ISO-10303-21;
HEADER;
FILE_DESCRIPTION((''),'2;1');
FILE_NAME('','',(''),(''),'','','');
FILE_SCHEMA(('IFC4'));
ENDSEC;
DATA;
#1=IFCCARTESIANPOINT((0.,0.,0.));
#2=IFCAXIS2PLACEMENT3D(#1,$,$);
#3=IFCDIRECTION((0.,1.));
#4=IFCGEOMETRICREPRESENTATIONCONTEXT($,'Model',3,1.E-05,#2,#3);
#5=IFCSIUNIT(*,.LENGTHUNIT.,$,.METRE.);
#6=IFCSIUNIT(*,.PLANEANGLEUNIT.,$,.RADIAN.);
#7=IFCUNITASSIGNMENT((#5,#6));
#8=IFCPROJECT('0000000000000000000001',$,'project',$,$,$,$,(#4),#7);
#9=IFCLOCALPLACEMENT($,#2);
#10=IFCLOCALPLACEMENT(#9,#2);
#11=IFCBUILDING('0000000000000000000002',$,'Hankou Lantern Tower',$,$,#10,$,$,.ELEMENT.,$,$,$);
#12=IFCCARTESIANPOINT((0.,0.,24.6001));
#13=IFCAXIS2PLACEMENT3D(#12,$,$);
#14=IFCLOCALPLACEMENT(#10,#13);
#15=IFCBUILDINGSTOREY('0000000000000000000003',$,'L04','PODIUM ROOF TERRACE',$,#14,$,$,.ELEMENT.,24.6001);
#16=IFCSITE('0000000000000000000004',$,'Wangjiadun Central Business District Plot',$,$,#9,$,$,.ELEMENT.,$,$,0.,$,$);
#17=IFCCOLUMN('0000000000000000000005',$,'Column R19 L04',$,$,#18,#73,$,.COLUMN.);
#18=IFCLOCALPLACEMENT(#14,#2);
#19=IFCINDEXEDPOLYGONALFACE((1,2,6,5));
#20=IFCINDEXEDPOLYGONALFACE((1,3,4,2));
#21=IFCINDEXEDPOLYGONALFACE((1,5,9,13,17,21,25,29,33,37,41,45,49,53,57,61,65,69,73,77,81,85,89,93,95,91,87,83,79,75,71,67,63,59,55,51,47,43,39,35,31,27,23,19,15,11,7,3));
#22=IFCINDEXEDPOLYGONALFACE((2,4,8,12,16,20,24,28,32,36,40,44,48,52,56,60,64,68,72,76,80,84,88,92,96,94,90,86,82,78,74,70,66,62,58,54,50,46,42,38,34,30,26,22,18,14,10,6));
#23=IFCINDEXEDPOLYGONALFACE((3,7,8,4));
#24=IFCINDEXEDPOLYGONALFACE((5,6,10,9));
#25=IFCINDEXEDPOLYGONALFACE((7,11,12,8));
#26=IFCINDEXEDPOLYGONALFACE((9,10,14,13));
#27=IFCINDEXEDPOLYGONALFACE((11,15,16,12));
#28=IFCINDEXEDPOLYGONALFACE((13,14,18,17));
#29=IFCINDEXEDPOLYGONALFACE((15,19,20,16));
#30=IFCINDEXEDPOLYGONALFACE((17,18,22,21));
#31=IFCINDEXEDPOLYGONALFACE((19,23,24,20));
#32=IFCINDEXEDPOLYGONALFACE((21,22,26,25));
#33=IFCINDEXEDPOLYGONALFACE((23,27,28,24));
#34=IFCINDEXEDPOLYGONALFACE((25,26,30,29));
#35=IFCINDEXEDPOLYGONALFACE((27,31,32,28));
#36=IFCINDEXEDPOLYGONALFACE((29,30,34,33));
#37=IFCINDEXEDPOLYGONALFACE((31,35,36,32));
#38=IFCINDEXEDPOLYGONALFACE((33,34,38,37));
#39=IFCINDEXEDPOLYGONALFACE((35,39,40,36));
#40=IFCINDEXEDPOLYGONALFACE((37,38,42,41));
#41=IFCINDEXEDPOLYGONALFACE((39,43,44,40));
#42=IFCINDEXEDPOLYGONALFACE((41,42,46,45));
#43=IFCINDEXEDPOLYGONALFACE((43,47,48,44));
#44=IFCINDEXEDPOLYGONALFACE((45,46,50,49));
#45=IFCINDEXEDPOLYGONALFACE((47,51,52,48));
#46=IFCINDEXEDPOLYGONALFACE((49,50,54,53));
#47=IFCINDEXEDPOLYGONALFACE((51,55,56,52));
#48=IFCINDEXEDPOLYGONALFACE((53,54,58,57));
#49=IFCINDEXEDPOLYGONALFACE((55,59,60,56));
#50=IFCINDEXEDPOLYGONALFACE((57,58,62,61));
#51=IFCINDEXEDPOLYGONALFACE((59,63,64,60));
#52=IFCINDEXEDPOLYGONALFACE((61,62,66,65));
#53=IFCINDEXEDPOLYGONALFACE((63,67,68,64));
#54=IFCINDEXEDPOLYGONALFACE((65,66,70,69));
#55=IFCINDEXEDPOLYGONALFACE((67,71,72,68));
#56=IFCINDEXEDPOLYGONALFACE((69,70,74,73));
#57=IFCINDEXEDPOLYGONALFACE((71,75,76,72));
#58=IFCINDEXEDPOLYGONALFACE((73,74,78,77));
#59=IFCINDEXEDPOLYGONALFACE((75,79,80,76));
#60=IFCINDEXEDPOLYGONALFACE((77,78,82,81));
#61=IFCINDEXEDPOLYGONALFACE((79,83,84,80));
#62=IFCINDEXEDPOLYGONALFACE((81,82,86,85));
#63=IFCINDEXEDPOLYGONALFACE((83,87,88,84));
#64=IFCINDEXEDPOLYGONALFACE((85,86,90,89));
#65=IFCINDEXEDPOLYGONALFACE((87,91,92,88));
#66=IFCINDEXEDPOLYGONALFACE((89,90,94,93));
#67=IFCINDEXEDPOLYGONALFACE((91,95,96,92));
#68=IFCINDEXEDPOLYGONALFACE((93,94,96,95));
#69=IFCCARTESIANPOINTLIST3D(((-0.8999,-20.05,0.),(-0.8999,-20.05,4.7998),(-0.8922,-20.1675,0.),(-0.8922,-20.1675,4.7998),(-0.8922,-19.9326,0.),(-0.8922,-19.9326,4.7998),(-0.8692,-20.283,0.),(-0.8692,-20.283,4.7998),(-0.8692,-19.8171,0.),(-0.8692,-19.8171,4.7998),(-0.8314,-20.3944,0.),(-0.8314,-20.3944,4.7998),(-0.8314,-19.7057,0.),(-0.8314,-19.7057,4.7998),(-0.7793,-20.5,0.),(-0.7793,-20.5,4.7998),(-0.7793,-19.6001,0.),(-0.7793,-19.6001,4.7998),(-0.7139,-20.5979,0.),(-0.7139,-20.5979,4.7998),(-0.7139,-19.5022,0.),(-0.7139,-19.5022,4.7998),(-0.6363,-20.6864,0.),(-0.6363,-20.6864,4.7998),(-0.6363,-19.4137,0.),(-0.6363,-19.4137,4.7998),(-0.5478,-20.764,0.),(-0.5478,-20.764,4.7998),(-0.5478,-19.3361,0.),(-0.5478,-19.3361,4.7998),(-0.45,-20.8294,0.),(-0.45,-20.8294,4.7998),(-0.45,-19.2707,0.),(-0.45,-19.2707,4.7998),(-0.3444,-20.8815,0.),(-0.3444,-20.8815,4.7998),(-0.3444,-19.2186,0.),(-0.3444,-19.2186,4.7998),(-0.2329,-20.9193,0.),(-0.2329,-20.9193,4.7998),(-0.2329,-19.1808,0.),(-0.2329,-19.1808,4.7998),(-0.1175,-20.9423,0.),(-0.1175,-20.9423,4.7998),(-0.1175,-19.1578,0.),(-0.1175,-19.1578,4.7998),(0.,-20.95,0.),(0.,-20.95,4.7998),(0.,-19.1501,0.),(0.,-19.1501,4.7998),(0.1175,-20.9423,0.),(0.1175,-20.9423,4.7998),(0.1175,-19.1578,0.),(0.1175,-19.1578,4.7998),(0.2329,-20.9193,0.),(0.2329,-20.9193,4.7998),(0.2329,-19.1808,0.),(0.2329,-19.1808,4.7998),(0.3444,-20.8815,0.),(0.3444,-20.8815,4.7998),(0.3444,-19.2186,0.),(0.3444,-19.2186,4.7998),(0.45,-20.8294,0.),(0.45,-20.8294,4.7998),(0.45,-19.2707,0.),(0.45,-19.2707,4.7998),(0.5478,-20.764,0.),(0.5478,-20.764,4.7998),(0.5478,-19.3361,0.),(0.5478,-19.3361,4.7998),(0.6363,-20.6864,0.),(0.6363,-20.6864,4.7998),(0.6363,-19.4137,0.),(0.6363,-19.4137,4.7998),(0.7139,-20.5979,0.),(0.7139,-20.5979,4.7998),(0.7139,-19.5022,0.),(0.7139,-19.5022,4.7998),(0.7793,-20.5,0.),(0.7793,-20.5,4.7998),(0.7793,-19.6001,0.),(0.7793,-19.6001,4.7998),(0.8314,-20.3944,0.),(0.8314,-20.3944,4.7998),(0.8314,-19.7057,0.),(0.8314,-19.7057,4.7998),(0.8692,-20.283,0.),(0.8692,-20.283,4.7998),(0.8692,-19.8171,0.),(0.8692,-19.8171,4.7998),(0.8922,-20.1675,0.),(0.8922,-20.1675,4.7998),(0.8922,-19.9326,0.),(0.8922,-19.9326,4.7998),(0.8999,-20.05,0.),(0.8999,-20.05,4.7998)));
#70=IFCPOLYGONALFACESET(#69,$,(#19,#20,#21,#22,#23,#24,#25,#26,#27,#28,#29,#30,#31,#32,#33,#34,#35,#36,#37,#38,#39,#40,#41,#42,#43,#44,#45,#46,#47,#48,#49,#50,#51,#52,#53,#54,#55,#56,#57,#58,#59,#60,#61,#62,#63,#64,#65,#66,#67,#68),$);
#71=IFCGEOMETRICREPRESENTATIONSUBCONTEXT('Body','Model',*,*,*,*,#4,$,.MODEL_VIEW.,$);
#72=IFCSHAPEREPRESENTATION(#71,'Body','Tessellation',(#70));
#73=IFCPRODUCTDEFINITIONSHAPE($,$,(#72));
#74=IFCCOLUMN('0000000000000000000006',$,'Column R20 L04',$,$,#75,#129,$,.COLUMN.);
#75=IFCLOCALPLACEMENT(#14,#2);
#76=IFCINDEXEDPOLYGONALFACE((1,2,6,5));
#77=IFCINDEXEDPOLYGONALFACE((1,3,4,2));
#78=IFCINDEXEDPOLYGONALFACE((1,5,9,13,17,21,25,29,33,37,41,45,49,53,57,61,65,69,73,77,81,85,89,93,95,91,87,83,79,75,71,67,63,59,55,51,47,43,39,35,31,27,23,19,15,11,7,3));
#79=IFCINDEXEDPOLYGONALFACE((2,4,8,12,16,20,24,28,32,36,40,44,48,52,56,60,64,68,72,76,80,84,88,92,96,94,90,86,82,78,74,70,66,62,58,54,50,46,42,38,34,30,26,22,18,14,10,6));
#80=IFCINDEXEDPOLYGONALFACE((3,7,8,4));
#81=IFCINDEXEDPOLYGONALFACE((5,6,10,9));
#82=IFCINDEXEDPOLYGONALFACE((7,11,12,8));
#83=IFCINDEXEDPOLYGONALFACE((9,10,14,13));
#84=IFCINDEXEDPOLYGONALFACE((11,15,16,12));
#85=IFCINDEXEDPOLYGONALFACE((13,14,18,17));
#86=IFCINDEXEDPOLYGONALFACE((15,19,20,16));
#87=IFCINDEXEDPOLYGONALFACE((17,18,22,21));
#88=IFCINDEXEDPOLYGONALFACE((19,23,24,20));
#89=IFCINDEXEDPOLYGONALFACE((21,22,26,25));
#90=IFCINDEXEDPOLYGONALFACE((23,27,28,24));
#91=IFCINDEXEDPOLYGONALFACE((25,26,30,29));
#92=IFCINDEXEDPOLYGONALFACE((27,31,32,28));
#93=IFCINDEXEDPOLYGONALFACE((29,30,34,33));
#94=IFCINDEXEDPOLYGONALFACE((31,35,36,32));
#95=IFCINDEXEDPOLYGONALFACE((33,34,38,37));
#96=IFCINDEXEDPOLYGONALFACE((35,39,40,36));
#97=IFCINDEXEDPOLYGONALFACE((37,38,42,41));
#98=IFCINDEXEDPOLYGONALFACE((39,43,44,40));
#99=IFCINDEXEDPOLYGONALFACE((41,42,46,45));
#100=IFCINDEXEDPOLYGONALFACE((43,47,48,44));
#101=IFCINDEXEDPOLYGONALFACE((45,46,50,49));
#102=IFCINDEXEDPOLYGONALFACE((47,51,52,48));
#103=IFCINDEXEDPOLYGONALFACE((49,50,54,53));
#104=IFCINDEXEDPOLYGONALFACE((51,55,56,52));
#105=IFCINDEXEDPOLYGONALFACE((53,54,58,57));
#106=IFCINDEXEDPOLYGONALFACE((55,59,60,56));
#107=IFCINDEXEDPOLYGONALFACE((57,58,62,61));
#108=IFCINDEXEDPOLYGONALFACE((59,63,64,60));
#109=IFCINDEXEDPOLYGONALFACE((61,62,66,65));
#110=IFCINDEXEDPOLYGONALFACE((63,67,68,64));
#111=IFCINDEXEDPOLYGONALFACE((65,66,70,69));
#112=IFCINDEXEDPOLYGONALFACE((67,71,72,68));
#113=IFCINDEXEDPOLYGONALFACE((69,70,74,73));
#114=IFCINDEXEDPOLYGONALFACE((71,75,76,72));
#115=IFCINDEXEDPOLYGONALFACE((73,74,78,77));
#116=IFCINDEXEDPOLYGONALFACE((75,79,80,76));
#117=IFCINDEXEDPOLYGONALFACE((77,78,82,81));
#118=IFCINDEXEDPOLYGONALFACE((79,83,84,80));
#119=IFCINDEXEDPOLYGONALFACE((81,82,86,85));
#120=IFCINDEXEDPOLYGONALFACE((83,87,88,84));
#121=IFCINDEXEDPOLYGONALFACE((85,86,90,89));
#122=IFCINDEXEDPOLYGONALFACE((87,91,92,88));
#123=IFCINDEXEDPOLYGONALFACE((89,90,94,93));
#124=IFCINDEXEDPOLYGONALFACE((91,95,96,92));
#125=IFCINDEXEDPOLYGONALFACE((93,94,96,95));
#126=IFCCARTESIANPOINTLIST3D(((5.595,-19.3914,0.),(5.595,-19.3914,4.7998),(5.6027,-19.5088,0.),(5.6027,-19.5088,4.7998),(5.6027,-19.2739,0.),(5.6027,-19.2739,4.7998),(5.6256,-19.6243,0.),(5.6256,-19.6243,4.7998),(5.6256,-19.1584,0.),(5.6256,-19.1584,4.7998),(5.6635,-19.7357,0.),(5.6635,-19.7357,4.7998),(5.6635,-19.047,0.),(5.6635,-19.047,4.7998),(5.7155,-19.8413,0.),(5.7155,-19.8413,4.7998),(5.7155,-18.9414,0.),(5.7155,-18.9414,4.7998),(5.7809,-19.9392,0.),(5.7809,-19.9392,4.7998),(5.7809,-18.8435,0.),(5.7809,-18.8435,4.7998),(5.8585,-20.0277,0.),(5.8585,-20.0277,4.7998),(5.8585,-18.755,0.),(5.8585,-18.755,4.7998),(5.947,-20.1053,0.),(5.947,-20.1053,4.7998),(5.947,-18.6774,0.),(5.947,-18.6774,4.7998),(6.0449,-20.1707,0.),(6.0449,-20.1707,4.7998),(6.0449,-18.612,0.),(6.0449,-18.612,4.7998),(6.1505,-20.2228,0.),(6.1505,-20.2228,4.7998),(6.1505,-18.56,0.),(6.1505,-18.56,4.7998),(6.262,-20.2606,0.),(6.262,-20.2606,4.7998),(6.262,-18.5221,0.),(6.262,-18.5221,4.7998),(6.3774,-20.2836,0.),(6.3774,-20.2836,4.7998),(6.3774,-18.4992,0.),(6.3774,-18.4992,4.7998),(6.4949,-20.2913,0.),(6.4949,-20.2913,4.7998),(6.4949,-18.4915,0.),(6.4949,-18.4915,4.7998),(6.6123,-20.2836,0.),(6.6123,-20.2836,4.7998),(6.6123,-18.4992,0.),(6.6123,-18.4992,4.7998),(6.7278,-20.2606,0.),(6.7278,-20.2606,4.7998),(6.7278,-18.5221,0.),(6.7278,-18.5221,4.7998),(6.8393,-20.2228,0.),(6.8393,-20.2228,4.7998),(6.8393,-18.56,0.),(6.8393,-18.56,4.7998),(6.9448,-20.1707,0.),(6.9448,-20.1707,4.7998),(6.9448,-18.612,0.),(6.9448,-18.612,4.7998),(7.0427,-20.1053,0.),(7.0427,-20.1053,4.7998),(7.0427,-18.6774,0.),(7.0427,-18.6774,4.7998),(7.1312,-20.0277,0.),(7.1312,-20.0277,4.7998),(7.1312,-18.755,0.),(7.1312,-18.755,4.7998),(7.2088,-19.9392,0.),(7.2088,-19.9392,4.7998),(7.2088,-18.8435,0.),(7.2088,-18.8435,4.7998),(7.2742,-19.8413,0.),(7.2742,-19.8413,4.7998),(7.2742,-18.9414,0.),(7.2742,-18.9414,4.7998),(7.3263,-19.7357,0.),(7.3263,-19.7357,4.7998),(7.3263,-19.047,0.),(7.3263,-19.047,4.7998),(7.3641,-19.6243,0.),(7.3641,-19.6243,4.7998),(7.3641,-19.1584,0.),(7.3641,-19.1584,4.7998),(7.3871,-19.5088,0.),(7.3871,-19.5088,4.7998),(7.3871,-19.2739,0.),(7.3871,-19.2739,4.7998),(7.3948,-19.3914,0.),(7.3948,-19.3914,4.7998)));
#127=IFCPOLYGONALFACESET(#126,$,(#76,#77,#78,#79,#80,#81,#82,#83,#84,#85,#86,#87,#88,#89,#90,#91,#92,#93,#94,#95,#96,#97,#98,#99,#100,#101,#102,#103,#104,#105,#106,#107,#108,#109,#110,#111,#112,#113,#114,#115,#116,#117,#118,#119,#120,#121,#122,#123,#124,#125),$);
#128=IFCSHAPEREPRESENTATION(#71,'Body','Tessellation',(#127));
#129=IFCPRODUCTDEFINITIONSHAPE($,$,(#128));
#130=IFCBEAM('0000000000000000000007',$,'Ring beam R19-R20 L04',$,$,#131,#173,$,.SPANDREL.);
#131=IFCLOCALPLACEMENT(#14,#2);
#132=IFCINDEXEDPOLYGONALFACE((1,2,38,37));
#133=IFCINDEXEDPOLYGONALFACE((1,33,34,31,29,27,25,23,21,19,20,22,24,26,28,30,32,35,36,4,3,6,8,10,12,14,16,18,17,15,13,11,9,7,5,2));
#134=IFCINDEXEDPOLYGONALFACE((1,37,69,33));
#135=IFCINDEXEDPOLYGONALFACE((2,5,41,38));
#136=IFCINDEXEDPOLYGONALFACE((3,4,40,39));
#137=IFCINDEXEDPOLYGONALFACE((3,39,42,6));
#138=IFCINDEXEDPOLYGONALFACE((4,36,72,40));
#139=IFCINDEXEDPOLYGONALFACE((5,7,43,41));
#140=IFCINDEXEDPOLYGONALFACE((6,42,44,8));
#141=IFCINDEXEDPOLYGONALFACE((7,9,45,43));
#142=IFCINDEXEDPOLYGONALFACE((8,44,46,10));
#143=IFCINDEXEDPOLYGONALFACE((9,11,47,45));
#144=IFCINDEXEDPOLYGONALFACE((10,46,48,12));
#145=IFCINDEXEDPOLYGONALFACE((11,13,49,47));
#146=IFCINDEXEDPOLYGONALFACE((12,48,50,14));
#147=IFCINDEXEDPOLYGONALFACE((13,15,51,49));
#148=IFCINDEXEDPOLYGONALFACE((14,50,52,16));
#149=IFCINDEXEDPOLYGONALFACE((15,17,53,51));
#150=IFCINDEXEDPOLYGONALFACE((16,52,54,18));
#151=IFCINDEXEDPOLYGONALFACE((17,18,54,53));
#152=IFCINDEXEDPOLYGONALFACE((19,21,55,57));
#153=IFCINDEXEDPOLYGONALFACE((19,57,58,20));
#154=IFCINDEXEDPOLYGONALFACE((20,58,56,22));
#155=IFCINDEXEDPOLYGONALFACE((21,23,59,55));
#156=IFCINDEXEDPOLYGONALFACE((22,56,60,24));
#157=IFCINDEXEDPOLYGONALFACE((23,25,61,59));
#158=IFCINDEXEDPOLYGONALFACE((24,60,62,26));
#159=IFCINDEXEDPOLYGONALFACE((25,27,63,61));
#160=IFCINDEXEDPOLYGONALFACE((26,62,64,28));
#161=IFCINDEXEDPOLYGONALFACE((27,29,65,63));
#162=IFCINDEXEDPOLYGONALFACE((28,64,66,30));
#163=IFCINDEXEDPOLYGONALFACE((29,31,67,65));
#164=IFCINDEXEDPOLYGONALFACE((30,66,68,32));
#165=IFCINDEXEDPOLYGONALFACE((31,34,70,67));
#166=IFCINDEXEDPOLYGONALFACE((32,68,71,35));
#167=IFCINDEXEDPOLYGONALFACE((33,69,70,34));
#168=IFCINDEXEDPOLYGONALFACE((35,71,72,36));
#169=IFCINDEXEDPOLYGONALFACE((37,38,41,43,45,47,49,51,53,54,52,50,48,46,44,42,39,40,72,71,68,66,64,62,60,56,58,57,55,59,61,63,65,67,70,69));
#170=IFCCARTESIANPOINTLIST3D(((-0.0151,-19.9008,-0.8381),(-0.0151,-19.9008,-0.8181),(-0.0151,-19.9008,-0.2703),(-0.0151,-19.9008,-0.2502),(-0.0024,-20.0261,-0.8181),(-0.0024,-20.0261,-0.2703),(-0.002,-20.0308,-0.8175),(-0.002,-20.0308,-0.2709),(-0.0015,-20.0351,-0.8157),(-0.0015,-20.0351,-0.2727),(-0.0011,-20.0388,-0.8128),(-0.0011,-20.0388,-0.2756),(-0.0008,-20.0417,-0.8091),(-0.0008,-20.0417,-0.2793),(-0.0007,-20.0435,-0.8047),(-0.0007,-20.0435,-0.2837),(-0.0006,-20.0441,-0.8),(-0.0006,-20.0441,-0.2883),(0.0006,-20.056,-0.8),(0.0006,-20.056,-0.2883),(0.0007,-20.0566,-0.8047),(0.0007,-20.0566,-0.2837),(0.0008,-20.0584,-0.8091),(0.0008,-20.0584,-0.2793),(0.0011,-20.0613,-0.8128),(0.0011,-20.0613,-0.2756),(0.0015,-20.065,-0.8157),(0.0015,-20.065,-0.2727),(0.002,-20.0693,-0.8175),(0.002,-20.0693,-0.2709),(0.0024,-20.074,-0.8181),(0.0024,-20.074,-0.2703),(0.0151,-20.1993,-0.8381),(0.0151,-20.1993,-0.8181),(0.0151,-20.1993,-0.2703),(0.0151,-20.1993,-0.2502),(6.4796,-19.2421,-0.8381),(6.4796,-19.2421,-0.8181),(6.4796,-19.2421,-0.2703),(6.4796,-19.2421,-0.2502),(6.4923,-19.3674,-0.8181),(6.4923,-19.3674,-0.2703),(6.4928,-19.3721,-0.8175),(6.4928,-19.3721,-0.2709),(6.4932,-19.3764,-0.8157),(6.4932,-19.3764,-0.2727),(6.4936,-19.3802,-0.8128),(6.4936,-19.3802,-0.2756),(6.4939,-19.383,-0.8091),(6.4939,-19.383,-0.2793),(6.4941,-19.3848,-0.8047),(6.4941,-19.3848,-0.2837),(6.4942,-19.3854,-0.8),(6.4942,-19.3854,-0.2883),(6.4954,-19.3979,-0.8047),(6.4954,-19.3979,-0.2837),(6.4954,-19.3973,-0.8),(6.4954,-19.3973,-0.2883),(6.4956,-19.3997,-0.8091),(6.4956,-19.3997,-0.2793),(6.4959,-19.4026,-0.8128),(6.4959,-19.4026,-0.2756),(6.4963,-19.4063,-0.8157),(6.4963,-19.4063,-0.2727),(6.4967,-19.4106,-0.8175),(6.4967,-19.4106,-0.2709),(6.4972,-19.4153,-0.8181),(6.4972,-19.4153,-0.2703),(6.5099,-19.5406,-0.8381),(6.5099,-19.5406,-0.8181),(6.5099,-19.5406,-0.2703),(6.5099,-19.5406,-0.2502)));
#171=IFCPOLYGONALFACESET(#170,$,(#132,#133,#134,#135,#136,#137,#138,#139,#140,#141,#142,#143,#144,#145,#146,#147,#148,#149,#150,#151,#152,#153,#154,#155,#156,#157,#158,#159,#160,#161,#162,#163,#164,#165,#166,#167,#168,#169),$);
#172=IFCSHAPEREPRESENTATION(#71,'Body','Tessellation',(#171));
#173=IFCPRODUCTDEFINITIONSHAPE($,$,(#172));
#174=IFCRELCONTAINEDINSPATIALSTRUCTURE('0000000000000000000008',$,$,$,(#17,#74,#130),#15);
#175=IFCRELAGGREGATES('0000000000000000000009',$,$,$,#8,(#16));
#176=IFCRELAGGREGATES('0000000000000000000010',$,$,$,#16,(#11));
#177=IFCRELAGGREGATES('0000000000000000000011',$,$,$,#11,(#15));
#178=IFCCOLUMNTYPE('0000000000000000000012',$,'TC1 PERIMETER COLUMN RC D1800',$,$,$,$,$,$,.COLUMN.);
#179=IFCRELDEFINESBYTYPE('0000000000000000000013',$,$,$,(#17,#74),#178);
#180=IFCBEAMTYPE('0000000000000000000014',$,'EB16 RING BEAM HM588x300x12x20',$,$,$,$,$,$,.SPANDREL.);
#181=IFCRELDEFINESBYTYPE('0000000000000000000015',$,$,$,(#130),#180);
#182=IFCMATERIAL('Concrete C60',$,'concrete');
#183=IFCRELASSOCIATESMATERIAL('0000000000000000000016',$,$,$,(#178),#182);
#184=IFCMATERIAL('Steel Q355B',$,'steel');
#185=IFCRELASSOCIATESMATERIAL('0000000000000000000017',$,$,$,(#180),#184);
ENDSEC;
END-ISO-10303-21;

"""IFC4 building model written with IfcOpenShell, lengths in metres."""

from ifc_helpers import new_model, si_unit, direction, frame, origin, origin_2d, place, context, subcontext, project, spatial, circle, i_section, extrude, material, material_profile, profile_set, type_object, element, save


model = new_model("IFC4")

# Units and contexts
model_context = context("Model", 3, precision=1e-05, world=origin(), true_north=direction((0.0, 1.0)))
body_context = subcontext(model_context, "Body", "Model", "MODEL_VIEW")
ifc_project = project(units=[si_unit("LENGTHUNIT", "METRE"), si_unit("PLANEANGLEUNIT", "RADIAN")], contexts=[model_context])

# Site, building, storey
site_placement = place(None, origin())
site = spatial("IfcSite", under=ifc_project, at=site_placement, Name="Wangjiadun Central Business District Plot", CompositionType="ELEMENT", RefElevation=0.0)
building_placement = place(site_placement, origin())
building = spatial("IfcBuilding", under=site, at=building_placement, Name="Hankou Lantern Tower", CompositionType="ELEMENT")
storey_placement = place(building_placement, frame((0.0, 0.0, 24.6001)))
storey = spatial("IfcBuildingStorey", under=building, at=storey_placement, Name="L04", Description="PODIUM ROOF TERRACE", CompositionType="ELEMENT", Elevation=24.6001)

# Columns
ifc_material_1 = material(Name="Concrete C60", Category="concrete")
ifc_material_profile_1 = material_profile(ifc_material_1, circle(Radius=0.8999, at=origin_2d()), Name="RC D1800")
ifc_profile_set_1 = profile_set([ifc_material_profile_1], Name="Concrete C60")
column_type = type_object("IfcColumnType", Name="TC1 PERIMETER COLUMN RC D1800", PredefinedType="COLUMN", material=ifc_profile_set_1)
for number, where, z_axis, x_axis, name in (
    (1, (0.0, -20.05, 0.0), (0.0, 0.0, 1.0), (1.0, 0.0, 0.0), "Column R19 L04"),
    (2, (6.4949, -19.3914, 0.0), (0.0, 0.0, 1.0), (1.0, 0.0, 0.0), "Column R20 L04"),
):
    element("IfcColumn", number, at=place(storey_placement, frame(where, z_axis=z_axis, x_axis=x_axis)), inside=storey, type_object=column_type, Name=name, PredefinedType="COLUMN", context=body_context, shape_type="SweptSolid", body=[
        extrude(circle(Radius=0.8999, at=origin_2d()), origin(), (0.0, 0.0, 1.0), 4.7998),
    ])

# Beam
ifc_material_2 = material(Name="Steel Q355B", Category="steel")
ifc_material_profile_2 = material_profile(ifc_material_2, i_section(OverallWidth=0.3, OverallDepth=0.5879, WebThickness=0.012, FlangeThickness=0.02, FilletRadius=0.0181, at=origin_2d()), Name="HM588x300x12x20")
ifc_profile_set_2 = profile_set([ifc_material_profile_2], Name="Steel Q355B")
beam_type_1 = type_object("IfcBeamType", Name="EB16 RING BEAM HM588x300x12x20", PredefinedType="SPANDREL", material=ifc_profile_set_2)
beam_1_placement = place(storey_placement, frame((0.0, -20.05, -0.5442), z_axis=(0.994897, 0.1009, 0.0), x_axis=(-0.1009, 0.994897, 0.0)))
element("IfcBeam", 3, at=beam_1_placement, inside=storey, type_object=beam_type_1, Name="Ring beam R19-R20 L04", PredefinedType="SPANDREL", context=body_context, shape_type="SweptSolid", body=[
    extrude(i_section(OverallWidth=0.3, OverallDepth=0.5879, WebThickness=0.012, FlangeThickness=0.02, FilletRadius=0.0181, at=origin_2d()), origin(), (0.0, 0.0, 1.0), 6.5281),
])

save(model, "model.ifc")
